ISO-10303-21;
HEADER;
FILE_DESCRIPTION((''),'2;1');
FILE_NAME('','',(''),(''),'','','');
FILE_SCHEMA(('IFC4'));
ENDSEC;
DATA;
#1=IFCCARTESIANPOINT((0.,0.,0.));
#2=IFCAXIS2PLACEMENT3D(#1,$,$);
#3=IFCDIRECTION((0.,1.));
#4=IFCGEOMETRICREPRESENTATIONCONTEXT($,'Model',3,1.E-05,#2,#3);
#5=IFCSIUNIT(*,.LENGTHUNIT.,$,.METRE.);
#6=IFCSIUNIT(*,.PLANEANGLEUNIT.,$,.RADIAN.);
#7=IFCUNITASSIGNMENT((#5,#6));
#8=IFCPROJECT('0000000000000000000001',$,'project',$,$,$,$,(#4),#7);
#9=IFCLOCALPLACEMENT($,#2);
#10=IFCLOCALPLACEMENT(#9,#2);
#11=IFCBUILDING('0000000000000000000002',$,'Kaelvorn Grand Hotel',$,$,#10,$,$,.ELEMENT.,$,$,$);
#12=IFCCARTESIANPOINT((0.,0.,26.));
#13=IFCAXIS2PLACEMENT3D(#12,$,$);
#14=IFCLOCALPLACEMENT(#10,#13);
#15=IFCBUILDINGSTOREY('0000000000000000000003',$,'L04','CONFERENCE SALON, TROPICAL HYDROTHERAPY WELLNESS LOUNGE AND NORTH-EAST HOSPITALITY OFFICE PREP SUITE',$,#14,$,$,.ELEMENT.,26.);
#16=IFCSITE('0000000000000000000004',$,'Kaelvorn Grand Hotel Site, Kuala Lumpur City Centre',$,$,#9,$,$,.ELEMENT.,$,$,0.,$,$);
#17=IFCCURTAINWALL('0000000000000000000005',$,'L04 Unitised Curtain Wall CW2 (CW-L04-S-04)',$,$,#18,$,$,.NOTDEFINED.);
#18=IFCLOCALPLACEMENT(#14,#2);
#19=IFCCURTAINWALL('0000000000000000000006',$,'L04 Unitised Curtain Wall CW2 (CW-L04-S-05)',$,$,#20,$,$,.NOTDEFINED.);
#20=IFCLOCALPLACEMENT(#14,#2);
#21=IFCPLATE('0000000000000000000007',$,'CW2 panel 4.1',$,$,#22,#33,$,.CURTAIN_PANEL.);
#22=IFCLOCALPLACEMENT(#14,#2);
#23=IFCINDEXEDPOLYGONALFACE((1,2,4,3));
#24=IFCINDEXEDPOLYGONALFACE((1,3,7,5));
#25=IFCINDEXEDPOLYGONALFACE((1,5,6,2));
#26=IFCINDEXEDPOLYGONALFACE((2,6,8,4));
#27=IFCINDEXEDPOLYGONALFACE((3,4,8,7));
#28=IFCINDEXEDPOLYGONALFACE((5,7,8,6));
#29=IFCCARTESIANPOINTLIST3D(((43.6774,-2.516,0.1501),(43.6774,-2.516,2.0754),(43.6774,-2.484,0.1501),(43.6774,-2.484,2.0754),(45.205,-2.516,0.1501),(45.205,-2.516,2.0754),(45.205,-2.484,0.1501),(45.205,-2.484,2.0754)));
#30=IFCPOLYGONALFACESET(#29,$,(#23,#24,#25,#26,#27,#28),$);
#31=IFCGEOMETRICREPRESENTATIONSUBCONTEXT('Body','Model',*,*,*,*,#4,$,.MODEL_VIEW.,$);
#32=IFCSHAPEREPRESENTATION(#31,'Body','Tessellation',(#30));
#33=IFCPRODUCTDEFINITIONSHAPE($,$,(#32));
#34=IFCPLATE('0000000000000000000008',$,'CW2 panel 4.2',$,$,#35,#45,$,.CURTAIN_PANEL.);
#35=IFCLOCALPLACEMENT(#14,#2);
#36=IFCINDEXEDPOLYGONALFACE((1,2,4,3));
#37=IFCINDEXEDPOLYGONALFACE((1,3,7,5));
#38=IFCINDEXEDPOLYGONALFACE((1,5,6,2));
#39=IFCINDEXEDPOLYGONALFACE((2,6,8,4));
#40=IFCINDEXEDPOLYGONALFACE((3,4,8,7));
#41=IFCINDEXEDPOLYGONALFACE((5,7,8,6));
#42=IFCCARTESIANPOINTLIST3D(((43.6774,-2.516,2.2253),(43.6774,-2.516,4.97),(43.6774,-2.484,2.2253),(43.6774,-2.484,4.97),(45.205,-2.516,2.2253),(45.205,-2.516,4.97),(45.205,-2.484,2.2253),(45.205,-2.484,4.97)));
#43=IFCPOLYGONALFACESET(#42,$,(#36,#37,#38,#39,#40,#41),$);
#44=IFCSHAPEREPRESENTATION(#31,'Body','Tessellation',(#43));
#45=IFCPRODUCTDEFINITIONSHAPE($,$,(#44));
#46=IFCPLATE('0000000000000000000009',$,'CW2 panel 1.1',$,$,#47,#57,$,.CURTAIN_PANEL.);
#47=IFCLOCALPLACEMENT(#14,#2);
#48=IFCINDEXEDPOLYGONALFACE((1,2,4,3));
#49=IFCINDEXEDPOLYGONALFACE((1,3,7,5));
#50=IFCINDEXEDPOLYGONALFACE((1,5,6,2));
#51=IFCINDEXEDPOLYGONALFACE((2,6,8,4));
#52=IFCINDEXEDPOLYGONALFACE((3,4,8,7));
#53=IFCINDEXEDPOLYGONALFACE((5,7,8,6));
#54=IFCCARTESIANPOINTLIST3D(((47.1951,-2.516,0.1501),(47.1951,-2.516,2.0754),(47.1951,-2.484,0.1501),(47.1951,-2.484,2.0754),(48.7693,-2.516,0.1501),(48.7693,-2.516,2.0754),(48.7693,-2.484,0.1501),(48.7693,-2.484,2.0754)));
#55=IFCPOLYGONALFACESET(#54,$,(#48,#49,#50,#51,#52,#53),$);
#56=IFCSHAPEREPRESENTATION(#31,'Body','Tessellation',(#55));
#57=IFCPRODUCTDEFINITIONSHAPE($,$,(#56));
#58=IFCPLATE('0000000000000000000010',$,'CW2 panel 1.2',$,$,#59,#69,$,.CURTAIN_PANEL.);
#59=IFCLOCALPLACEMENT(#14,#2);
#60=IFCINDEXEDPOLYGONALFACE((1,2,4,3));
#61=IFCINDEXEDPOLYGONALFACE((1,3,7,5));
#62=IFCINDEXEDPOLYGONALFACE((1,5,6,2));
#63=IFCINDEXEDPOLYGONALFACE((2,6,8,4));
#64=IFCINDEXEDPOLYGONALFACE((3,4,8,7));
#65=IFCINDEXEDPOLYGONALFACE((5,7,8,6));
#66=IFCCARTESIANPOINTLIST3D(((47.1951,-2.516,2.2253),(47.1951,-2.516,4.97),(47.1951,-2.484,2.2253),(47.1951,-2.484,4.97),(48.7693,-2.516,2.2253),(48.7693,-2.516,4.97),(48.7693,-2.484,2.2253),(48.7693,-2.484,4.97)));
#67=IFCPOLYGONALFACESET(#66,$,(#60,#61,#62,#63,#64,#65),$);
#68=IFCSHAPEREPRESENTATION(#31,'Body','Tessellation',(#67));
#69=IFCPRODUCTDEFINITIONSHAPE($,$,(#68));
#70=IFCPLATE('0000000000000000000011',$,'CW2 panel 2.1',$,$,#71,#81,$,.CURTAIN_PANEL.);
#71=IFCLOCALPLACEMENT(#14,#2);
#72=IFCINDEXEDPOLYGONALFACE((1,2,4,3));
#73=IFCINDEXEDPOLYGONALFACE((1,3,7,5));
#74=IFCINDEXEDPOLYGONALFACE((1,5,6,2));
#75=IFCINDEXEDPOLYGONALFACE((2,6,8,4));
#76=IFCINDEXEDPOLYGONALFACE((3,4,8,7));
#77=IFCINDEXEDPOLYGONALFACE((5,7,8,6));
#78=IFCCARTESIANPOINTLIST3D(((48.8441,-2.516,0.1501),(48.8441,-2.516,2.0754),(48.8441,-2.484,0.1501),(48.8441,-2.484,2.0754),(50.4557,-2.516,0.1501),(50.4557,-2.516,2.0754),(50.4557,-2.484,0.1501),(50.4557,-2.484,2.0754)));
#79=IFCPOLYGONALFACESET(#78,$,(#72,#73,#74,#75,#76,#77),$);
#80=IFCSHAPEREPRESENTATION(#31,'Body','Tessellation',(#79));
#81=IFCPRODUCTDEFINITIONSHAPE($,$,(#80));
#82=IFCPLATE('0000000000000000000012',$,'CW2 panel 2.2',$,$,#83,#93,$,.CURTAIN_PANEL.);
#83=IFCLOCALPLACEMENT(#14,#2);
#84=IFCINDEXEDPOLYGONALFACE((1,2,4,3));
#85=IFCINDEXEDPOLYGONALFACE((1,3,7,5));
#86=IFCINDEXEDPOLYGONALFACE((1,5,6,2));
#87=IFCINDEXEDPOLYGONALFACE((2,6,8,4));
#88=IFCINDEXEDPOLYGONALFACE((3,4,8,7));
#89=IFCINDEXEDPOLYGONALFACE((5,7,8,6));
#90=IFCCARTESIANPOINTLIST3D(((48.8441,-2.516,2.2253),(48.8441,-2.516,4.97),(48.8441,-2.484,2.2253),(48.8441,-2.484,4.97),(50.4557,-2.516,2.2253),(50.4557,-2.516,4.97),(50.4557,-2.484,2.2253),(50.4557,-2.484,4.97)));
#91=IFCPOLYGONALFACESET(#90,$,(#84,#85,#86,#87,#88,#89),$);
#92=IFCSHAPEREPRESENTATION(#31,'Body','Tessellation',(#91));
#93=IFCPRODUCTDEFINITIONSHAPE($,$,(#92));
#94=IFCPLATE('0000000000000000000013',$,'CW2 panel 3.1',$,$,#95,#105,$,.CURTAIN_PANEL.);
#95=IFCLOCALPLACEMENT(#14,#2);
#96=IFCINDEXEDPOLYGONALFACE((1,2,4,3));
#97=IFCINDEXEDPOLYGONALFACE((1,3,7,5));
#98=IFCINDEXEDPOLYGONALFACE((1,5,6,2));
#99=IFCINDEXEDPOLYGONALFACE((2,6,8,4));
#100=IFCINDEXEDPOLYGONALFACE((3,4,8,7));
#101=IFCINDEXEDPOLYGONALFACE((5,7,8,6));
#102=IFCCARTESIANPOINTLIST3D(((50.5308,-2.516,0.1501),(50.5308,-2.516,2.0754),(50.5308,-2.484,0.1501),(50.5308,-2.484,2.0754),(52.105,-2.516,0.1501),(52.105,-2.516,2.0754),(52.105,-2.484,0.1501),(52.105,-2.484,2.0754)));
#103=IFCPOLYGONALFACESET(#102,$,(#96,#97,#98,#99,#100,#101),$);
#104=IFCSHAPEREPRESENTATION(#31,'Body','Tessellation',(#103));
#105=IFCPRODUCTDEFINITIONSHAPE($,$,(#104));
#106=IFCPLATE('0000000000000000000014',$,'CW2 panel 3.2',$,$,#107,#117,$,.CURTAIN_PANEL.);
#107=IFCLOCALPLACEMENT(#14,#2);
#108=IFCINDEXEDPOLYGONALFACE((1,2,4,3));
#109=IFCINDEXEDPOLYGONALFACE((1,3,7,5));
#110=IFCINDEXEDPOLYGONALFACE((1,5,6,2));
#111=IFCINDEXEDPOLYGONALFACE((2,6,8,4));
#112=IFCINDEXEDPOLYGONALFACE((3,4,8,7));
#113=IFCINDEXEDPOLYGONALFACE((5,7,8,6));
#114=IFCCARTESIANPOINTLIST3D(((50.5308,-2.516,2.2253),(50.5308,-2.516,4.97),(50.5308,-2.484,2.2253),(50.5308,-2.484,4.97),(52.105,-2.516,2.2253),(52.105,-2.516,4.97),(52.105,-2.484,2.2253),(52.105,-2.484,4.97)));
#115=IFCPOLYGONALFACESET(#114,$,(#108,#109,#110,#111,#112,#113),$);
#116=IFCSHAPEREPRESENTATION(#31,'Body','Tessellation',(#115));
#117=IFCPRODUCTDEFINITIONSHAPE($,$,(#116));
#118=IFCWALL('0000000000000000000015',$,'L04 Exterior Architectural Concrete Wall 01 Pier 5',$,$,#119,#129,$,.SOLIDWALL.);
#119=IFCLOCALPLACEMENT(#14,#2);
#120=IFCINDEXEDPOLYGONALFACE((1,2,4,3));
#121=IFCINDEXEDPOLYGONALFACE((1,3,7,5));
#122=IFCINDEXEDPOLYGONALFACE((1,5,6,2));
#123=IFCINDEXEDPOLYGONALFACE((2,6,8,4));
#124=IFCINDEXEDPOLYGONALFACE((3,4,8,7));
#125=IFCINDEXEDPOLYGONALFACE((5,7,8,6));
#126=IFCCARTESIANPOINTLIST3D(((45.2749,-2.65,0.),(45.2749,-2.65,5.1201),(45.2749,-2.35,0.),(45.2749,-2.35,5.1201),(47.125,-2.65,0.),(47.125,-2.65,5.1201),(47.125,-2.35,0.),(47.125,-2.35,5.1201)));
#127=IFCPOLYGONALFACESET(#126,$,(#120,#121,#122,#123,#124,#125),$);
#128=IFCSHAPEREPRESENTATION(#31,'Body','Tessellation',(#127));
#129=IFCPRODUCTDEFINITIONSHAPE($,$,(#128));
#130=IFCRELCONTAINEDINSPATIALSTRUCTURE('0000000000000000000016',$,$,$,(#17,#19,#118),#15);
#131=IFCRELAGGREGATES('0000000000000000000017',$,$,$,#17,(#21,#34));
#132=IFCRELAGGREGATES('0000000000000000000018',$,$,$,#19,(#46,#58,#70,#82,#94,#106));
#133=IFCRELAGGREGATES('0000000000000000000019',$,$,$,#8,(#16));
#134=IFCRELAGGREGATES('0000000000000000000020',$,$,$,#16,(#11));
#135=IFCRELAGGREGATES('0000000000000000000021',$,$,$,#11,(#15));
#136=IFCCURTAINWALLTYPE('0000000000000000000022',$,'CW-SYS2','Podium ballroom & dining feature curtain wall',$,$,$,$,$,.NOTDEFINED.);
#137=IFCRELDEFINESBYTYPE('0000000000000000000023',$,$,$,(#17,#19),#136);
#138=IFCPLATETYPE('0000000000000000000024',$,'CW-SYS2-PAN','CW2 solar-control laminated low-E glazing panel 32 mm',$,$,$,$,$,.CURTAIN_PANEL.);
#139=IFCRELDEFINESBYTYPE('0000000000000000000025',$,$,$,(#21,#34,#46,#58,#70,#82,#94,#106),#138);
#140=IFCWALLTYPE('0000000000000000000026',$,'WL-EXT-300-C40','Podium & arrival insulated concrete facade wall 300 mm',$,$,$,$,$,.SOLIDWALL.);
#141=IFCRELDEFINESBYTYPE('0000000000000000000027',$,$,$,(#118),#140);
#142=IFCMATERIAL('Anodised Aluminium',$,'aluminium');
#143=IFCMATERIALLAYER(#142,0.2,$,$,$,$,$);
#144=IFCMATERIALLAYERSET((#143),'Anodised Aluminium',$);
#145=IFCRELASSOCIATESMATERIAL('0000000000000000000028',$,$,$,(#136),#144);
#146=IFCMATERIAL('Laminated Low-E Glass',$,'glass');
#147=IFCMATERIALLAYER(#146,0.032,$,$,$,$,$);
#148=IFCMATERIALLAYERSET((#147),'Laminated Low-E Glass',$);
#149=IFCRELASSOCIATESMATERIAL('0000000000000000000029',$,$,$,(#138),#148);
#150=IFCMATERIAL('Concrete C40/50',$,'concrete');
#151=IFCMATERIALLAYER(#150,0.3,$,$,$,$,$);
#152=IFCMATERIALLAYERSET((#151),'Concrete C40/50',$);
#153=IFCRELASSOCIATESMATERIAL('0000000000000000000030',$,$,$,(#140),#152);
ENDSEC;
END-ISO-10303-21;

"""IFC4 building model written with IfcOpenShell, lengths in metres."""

from ifc_helpers import new_model, si_unit, direction, frame, frame_2d, origin, origin_2d, place, context, subcontext, project, spatial, rectangle, extrude, material, layer, layer_set, type_object, element, aggregate, save


model = new_model("IFC4")

# Units and contexts
model_context = context("Model", 3, precision=1e-05, world=origin(), true_north=direction((0.0, 1.0)))
body_context = subcontext(model_context, "Body", "Model", "MODEL_VIEW")
ifc_project = project(units=[si_unit("LENGTHUNIT", "METRE"), si_unit("PLANEANGLEUNIT", "RADIAN")], contexts=[model_context])

# Site, building, storey
site_placement = place(None, origin())
site = spatial("IfcSite", under=ifc_project, at=site_placement, Name="Kaelvorn Grand Hotel Site, Kuala Lumpur City Centre", CompositionType="ELEMENT", RefElevation=0.0)
building_placement = place(site_placement, origin())
building = spatial("IfcBuilding", under=site, at=building_placement, Name="Kaelvorn Grand Hotel", CompositionType="ELEMENT")
storey_placement = place(building_placement, frame((0.0, 0.0, 26.0)))
storey = spatial("IfcBuildingStorey", under=building, at=storey_placement, Name="L04", Description="CONFERENCE SALON, TROPICAL HYDROTHERAPY WELLNESS LOUNGE AND NORTH-EAST HOSPITALITY OFFICE PREP SUITE", CompositionType="ELEMENT", Elevation=26.0)

# Curtain walls
ifc_material_1 = material(Name="Anodised Aluminium", Category="aluminium")
ifc_layer_1 = layer(ifc_material_1, 0.2)
ifc_layer_set_1 = layer_set([ifc_layer_1], Name="Anodised Aluminium")
curtain_wall_type = type_object("IfcCurtainWallType", Name="CW-SYS2", Description="Podium ballroom & dining feature curtain wall", PredefinedType="NOTDEFINED", material=ifc_layer_set_1)
curtain_wall_1_placement = place(storey_placement, origin())
curtain_wall_1 = element("IfcCurtainWall", 1, at=curtain_wall_1_placement, inside=storey, type_object=curtain_wall_type, Name="L04 Unitised Curtain Wall CW2 (CW-L04-S-04)", PredefinedType="NOTDEFINED")
curtain_wall_2_placement = place(storey_placement, origin())
curtain_wall_2 = element("IfcCurtainWall", 2, at=curtain_wall_2_placement, inside=storey, type_object=curtain_wall_type, Name="L04 Unitised Curtain Wall CW2 (CW-L04-S-05)", PredefinedType="NOTDEFINED")

# Plates
ifc_material_2 = material(Name="Laminated Low-E Glass", Category="glass")
ifc_layer_2 = layer(ifc_material_2, 0.032)
ifc_layer_set_2 = layer_set([ifc_layer_2], Name="Laminated Low-E Glass")
plate_type = type_object("IfcPlateType", Name="CW-SYS2-PAN", Description="CW2 solar-control laminated low-E glazing panel 32 mm", PredefinedType="CURTAIN_PANEL", material=ifc_layer_set_2)
plate_1_placement = place(storey_placement, frame((44.4412, -2.5, 0.1501), z_axis=(0.0, 0.0, 1.0), x_axis=(1.0, 0.0, 0.0)))
plate_1 = element("IfcPlate", 3, at=plate_1_placement, type_object=plate_type, Name="CW2 panel 4.1", PredefinedType="CURTAIN_PANEL", context=body_context, shape_type="SweptSolid", body=[
    extrude(rectangle(XDim=1.5276, YDim=0.032, at=origin_2d()), origin(), (0.0, 0.0, 1.0), 1.9253),
])
plate_2_placement = place(storey_placement, frame((44.4412, -2.5, 2.2253), z_axis=(0.0, 0.0, 1.0), x_axis=(1.0, 0.0, 0.0)))
plate_2 = element("IfcPlate", 4, at=plate_2_placement, type_object=plate_type, Name="CW2 panel 4.2", PredefinedType="CURTAIN_PANEL", context=body_context, shape_type="SweptSolid", body=[
    extrude(rectangle(XDim=1.5276, YDim=0.032, at=origin_2d()), origin(), (0.0, 0.0, 1.0), 2.7446),
])
aggregate(curtain_wall_1, [plate_1, plate_2])
plate_3_placement = place(storey_placement, frame((47.9822, -2.5, 0.1501), z_axis=(0.0, 0.0, 1.0), x_axis=(1.0, 0.0, 0.0)))
plate_3 = element("IfcPlate", 5, at=plate_3_placement, type_object=plate_type, Name="CW2 panel 1.1", PredefinedType="CURTAIN_PANEL", context=body_context, shape_type="SweptSolid", body=[
    extrude(rectangle(XDim=1.5742, YDim=0.032, at=origin_2d()), origin(), (0.0, 0.0, 1.0), 1.9253),
])
plate_4_placement = place(storey_placement, frame((47.9822, -2.5, 2.2253), z_axis=(0.0, 0.0, 1.0), x_axis=(1.0, 0.0, 0.0)))
plate_4 = element("IfcPlate", 6, at=plate_4_placement, type_object=plate_type, Name="CW2 panel 1.2", PredefinedType="CURTAIN_PANEL", context=body_context, shape_type="SweptSolid", body=[
    extrude(rectangle(XDim=1.5742, YDim=0.032, at=origin_2d()), origin(), (0.0, 0.0, 1.0), 2.7446),
])
plate_5_placement = place(storey_placement, frame((49.6499, -2.5, 0.1501), z_axis=(0.0, 0.0, 1.0), x_axis=(1.0, 0.0, 0.0)))
plate_5 = element("IfcPlate", 7, at=plate_5_placement, type_object=plate_type, Name="CW2 panel 2.1", PredefinedType="CURTAIN_PANEL", context=body_context, shape_type="SweptSolid", body=[
    extrude(rectangle(XDim=1.6116, YDim=0.032, at=origin_2d()), origin(), (0.0, 0.0, 1.0), 1.9253),
])
plate_6_placement = place(storey_placement, frame((49.6499, -2.5, 2.2253), z_axis=(0.0, 0.0, 1.0), x_axis=(1.0, 0.0, 0.0)))
plate_6 = element("IfcPlate", 8, at=plate_6_placement, type_object=plate_type, Name="CW2 panel 2.2", PredefinedType="CURTAIN_PANEL", context=body_context, shape_type="SweptSolid", body=[
    extrude(rectangle(XDim=1.6116, YDim=0.032, at=origin_2d()), origin(), (0.0, 0.0, 1.0), 2.7446),
])
plate_7_placement = place(storey_placement, frame((51.3179, -2.5, 0.1501), z_axis=(0.0, 0.0, 1.0), x_axis=(1.0, 0.0, 0.0)))
plate_7 = element("IfcPlate", 9, at=plate_7_placement, type_object=plate_type, Name="CW2 panel 3.1", PredefinedType="CURTAIN_PANEL", context=body_context, shape_type="SweptSolid", body=[
    extrude(rectangle(XDim=1.5742, YDim=0.032, at=origin_2d()), origin(), (0.0, 0.0, 1.0), 1.9253),
])
plate_8_placement = place(storey_placement, frame((51.3179, -2.5, 2.2253), z_axis=(0.0, 0.0, 1.0), x_axis=(1.0, 0.0, 0.0)))
plate_8 = element("IfcPlate", 10, at=plate_8_placement, type_object=plate_type, Name="CW2 panel 3.2", PredefinedType="CURTAIN_PANEL", context=body_context, shape_type="SweptSolid", body=[
    extrude(rectangle(XDim=1.5742, YDim=0.032, at=origin_2d()), origin(), (0.0, 0.0, 1.0), 2.7446),
])
aggregate(curtain_wall_2, [plate_3, plate_4, plate_5, plate_6, plate_7, plate_8])

# Wall
ifc_material_3 = material(Name="Concrete C40/50", Category="concrete")
ifc_layer_3 = layer(ifc_material_3, 0.3)
ifc_layer_set_3 = layer_set([ifc_layer_3], Name="Concrete C40/50")
wall_type = type_object("IfcWallType", Name="WL-EXT-300-C40", Description="Podium & arrival insulated concrete facade wall 300 mm", PredefinedType="SOLIDWALL", material=ifc_layer_set_3)
wall_placement = place(storey_placement, frame((45.2749, -2.5, 0.0), z_axis=(0.0, 0.0, 1.0), x_axis=(1.0, 0.0, 0.0)))
element("IfcWall", 11, at=wall_placement, inside=storey, type_object=wall_type, Name="L04 Exterior Architectural Concrete Wall 01 Pier 5", PredefinedType="SOLIDWALL", context=body_context, shape_type="SweptSolid", body=[
    extrude(rectangle(XDim=1.8501, YDim=0.3, at=frame_2d((0.925, 0.0))), origin(), (0.0, 0.0, 1.0), 5.1201),
])

save(model, "model.ifc")
